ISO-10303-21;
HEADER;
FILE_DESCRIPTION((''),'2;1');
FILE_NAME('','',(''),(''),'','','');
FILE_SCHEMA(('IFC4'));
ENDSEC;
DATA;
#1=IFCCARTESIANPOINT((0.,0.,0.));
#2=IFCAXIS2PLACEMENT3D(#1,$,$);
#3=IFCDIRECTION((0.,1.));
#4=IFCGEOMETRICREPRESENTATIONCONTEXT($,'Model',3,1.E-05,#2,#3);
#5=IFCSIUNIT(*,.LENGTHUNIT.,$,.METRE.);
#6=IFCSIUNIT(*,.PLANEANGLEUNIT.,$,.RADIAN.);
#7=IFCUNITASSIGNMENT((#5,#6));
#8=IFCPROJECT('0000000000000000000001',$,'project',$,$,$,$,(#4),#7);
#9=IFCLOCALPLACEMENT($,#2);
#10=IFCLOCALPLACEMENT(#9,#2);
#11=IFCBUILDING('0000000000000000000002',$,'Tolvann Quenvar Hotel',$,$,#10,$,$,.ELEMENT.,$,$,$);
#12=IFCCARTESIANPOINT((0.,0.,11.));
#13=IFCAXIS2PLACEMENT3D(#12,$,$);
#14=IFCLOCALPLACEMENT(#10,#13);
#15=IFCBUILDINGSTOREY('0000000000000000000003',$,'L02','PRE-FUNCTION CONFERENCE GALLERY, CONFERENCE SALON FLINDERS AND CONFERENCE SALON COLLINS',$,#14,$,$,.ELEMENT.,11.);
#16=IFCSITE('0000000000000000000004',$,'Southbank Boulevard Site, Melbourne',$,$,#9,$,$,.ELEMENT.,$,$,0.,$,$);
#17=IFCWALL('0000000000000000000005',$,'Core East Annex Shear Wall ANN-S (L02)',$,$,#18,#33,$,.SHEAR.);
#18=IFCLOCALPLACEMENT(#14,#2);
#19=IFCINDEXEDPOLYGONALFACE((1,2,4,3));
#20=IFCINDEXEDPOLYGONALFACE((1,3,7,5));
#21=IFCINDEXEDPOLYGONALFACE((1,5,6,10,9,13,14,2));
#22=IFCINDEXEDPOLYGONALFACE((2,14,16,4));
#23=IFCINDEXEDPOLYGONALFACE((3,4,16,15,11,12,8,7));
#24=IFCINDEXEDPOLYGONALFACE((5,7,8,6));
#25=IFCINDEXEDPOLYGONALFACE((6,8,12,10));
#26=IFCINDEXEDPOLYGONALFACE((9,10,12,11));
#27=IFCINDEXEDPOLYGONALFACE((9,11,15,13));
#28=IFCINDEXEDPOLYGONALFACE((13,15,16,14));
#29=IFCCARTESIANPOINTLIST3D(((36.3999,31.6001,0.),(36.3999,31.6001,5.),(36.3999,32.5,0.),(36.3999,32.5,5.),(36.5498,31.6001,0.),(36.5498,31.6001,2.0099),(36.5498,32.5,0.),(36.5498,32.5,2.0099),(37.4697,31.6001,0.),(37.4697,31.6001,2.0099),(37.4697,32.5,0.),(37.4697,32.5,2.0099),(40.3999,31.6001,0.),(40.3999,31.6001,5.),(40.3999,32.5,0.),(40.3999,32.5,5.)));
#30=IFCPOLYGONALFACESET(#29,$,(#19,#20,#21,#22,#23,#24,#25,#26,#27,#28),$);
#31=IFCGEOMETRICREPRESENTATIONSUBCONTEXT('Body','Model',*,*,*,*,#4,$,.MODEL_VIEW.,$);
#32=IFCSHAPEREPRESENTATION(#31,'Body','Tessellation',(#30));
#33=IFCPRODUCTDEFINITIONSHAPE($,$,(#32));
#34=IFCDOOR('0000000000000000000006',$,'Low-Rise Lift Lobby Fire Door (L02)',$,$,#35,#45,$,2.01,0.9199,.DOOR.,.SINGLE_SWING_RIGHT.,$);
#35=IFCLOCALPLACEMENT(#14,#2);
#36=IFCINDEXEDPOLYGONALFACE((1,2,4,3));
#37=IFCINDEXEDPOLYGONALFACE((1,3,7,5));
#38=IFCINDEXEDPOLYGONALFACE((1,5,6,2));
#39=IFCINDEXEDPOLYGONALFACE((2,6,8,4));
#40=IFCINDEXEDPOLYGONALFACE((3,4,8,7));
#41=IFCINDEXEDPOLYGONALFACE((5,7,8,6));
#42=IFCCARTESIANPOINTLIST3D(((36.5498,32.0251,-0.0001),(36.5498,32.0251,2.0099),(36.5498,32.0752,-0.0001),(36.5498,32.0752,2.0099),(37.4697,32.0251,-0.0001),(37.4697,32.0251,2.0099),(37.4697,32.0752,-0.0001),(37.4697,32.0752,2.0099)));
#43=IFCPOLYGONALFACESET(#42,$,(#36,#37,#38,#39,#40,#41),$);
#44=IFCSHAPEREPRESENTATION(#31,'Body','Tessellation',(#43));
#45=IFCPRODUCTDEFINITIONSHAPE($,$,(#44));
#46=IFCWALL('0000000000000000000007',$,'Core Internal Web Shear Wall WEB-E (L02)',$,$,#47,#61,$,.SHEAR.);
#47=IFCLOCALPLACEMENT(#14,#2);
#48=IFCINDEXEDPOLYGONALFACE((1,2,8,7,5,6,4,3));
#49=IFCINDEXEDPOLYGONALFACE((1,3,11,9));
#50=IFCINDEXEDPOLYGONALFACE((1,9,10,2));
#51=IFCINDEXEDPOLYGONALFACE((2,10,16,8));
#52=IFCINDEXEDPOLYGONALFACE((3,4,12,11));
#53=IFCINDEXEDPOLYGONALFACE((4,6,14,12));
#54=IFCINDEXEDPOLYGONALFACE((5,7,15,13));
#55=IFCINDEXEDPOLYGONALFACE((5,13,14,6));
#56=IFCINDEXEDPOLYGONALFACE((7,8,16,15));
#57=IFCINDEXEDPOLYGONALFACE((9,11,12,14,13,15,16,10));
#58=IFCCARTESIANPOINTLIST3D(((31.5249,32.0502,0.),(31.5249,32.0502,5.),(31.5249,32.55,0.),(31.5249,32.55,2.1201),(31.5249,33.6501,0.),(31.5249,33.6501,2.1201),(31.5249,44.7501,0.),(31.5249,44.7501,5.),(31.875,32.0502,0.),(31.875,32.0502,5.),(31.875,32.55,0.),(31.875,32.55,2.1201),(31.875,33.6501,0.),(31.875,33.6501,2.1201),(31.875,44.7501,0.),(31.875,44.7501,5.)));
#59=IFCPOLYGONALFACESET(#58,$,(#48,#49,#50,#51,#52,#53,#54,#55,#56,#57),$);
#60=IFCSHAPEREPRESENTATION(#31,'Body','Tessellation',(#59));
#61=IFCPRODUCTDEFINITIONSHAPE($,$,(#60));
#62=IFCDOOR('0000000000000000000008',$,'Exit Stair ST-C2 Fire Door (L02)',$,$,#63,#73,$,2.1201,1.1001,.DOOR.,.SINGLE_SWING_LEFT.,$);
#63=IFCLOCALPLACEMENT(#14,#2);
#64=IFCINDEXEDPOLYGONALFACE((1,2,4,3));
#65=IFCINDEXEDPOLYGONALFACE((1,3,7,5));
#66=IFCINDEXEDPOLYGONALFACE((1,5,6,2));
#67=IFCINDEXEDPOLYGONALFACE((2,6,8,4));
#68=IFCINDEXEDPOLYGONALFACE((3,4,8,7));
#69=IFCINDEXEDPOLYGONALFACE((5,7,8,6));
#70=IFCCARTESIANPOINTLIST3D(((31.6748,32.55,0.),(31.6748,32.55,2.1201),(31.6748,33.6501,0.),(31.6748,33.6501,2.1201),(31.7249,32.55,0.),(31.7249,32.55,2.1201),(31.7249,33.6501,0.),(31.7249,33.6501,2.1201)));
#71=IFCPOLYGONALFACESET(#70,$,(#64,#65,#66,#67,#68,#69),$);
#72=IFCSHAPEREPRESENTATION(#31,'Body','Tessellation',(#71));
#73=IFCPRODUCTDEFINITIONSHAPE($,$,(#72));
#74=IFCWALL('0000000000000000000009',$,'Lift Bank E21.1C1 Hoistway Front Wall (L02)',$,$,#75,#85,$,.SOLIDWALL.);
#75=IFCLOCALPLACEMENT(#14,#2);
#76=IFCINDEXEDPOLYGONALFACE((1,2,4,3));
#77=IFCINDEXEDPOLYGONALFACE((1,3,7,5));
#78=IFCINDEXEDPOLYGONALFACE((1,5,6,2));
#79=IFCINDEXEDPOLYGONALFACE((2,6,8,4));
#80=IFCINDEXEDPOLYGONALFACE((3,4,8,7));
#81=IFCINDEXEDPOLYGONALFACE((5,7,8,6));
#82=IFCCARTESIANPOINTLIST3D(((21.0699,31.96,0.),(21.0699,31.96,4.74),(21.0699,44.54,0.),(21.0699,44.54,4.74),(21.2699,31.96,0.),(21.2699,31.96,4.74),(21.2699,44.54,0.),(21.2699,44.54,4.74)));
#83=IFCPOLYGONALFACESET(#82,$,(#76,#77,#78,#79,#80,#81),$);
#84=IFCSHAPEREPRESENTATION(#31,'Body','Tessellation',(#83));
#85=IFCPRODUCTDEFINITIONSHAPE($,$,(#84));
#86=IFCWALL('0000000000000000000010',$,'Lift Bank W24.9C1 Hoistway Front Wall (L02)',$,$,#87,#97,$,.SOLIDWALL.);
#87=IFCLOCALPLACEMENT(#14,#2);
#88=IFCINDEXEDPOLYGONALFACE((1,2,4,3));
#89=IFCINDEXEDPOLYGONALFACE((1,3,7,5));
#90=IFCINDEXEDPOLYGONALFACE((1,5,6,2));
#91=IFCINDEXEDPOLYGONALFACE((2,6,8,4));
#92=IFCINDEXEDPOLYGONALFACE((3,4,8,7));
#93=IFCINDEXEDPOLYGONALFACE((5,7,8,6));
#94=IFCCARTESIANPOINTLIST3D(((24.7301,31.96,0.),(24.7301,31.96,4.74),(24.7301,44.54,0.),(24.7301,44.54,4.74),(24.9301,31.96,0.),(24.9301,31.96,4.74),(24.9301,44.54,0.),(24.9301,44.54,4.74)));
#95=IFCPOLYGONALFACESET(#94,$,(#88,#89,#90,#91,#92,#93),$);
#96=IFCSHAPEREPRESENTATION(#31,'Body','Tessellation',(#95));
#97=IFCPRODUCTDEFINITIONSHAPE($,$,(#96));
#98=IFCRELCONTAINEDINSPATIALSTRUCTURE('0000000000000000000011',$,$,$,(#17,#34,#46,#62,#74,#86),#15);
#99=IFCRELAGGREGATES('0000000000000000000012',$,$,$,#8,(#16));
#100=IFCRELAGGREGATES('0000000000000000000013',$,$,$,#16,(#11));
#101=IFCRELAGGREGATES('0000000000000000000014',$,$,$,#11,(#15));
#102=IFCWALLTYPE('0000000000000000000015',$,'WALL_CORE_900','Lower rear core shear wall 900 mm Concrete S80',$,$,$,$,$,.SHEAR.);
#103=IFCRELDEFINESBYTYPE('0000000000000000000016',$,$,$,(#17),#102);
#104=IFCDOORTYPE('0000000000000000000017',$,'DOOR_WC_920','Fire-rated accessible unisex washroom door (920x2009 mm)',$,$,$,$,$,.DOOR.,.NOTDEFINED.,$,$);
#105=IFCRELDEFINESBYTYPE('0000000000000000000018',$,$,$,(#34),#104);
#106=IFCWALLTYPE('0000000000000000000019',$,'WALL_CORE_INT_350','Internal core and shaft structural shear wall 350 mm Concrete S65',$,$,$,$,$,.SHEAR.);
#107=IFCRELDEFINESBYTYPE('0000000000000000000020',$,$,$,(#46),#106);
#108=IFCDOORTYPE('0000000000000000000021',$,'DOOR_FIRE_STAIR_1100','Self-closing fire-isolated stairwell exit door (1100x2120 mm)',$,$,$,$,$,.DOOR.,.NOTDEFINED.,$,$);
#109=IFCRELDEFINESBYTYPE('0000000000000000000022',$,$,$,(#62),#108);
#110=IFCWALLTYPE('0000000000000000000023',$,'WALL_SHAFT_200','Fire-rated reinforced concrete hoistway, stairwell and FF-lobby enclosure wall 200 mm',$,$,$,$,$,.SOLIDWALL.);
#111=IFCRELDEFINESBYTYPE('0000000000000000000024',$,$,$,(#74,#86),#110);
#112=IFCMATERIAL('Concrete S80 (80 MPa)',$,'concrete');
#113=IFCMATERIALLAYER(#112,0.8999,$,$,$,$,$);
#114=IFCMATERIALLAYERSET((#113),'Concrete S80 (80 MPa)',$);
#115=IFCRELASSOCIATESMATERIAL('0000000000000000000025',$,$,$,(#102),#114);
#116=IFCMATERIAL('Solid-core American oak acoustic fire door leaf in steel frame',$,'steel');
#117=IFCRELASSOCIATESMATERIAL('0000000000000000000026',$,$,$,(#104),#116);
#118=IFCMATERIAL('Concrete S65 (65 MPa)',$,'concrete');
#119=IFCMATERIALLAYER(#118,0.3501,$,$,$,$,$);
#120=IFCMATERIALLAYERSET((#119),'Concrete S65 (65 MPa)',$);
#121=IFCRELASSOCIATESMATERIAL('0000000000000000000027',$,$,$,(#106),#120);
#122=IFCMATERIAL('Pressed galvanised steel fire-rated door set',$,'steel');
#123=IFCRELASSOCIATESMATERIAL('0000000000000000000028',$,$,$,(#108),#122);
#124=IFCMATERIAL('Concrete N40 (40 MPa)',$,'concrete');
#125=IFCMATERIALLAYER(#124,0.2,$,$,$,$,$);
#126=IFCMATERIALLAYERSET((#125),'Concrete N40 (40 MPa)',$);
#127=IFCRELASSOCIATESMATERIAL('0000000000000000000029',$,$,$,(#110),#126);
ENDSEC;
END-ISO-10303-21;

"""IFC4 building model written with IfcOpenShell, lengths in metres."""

from ifc_helpers import new_model, si_unit, direction, frame, frame_2d, origin, place, context, subcontext, project, spatial, rectangle, extrude, source, transform, mapped, material, layer, layer_set, type_object, type_shapes, element, fill, save


model = new_model("IFC4")

# Units and contexts
model_context = context("Model", 3, precision=1e-05, world=origin(), true_north=direction((0.0, 1.0)))
body_context = subcontext(model_context, "Body", "Model", "MODEL_VIEW")
ifc_project = project(units=[si_unit("LENGTHUNIT", "METRE"), si_unit("PLANEANGLEUNIT", "RADIAN")], contexts=[model_context])

# Site, building, storey
site_placement = place(None, origin())
site = spatial("IfcSite", under=ifc_project, at=site_placement, Name="Southbank Boulevard Site, Melbourne", CompositionType="ELEMENT", RefElevation=0.0)
building_placement = place(site_placement, origin())
building = spatial("IfcBuilding", under=site, at=building_placement, Name="Tolvann Quenvar Hotel", CompositionType="ELEMENT")
storey_placement = place(building_placement, frame((0.0, 0.0, 11.0)))
storey = spatial("IfcBuildingStorey", under=building, at=storey_placement, Name="L02", Description="PRE-FUNCTION CONFERENCE GALLERY, CONFERENCE SALON FLINDERS AND CONFERENCE SALON COLLINS", CompositionType="ELEMENT", Elevation=11.0)

# Shared definitions
ifc_material_1 = material(Name="Concrete S80 (80 MPa)", Category="concrete")

# Shared definitions
ifc_layer_1 = layer(ifc_material_1, 0.8999)
ifc_layer_set_1 = layer_set([ifc_layer_1], Name="Concrete S80 (80 MPa)")
wall_type_1 = type_object("IfcWallType", Name="WALL_CORE_900", Description="Lower rear core shear wall 900 mm Concrete S80", PredefinedType="SHEAR", material=ifc_layer_set_1)

# Walls, openings, doors
wall_1_placement = place(storey_placement, frame((36.3999, 32.05, 0.0), z_axis=(0.0, 0.0, 1.0), x_axis=(1.0, 0.0, 0.0)))
wall_1 = element("IfcWall", 1, at=wall_1_placement, inside=storey, type_object=wall_type_1, Name="Core East Annex Shear Wall ANN-S (L02)", PredefinedType="SHEAR", context=body_context, shape_type="SweptSolid", body=[
    extrude(rectangle(XDim=4.0, YDim=0.8999, at=frame_2d((2.0, 0.0))), origin(), (0.0, 0.0, 1.0), 5.0),
])
opening_1_placement = place(wall_1_placement, frame((1.0698, 0.0, 0.0), z_axis=(0.0, 0.0, 1.0), x_axis=(-1.0, 0.0, 0.0)))
opening_1 = element("IfcOpeningElement", 2, at=opening_1_placement, cuts=wall_1, PredefinedType="OPENING", context=body_context, shape_type="SweptSolid", body=[
    extrude(rectangle(XDim=0.9199, YDim=2.01, at=frame_2d((0.46, 1.0049))), frame((0.0, 0.46, 0.0), z_axis=(0.0, -1.0, 0.0), x_axis=(1.0, 0.0, 0.0)), (0.0, 0.0, 1.0), 0.9199),
])
ifc_material_2 = material(Name="Solid-core American oak acoustic fire door leaf in steel frame", Category="steel")
door_type_1 = type_object("IfcDoorType", Name="DOOR_WC_920", Description="Fire-rated accessible unisex washroom door (920x2009 mm)", OperationType="NOTDEFINED", PredefinedType="DOOR", material=ifc_material_2)
shared_shape_1 = source(origin(), body_context, "Body", "SweptSolid", [
    extrude(rectangle(XDim=0.9199, YDim=2.01, at=frame_2d((0.46, 1.0049))), frame((0.0, 0.0249, 0.0), z_axis=(0.0, -1.0, 0.0), x_axis=(1.0, 0.0, 0.0)), (0.0, 0.0, 1.0), 0.05),
])
type_shapes(door_type_1, [shared_shape_1])
door_1_placement = place(opening_1_placement, origin())
door_1 = element("IfcDoor", 3, at=door_1_placement, inside=storey, type_object=door_type_1, Name="Low-Rise Lift Lobby Fire Door (L02)", OperationType="SINGLE_SWING_RIGHT", OverallHeight=2.01, OverallWidth=0.9199, PredefinedType="DOOR", context=body_context, shape_type="MappedRepresentation", body=[
    mapped(shared_shape_1, transform((0.0, 0.0, 0.0), x_axis=(1.0, 0.0, 0.0), y_axis=(0.0, 1.0, 0.0), z_axis=(0.0, 0.0, 1.0), scale=1.0)),
])
fill(opening_1, door_1)
ifc_material_3 = material(Name="Concrete S65 (65 MPa)", Category="concrete")
ifc_layer_2 = layer(ifc_material_3, 0.3501)
ifc_layer_set_2 = layer_set([ifc_layer_2], Name="Concrete S65 (65 MPa)")
wall_type_2 = type_object("IfcWallType", Name="WALL_CORE_INT_350", Description="Internal core and shaft structural shear wall 350 mm Concrete S65", PredefinedType="SHEAR", material=ifc_layer_set_2)
wall_2_placement = place(storey_placement, frame((31.7, 32.05, 0.0), z_axis=(0.0, 0.0, 1.0), x_axis=(0.0, 1.0, 0.0)))
wall_2 = element("IfcWall", 4, at=wall_2_placement, inside=storey, type_object=wall_type_2, Name="Core Internal Web Shear Wall WEB-E (L02)", PredefinedType="SHEAR", context=body_context, shape_type="SweptSolid", body=[
    extrude(rectangle(XDim=12.7, YDim=0.3501, at=frame_2d((6.3501, 0.0))), origin(), (0.0, 0.0, 1.0), 5.0),
])
opening_2_placement = place(wall_2_placement, frame((1.6001, 0.0, 0.0), z_axis=(0.0, 0.0, 1.0), x_axis=(-1.0, 0.0, 0.0)))
opening_2 = element("IfcOpeningElement", 5, at=opening_2_placement, cuts=wall_2, PredefinedType="OPENING", context=body_context, shape_type="SweptSolid", body=[
    extrude(rectangle(XDim=1.1001, YDim=2.1201, at=frame_2d((0.55, 1.0601))), frame((0.0, 0.1851, 0.0), z_axis=(0.0, -1.0, 0.0), x_axis=(1.0, 0.0, 0.0)), (0.0, 0.0, 1.0), 0.3701),
])
ifc_material_4 = material(Name="Pressed galvanised steel fire-rated door set", Category="steel")
door_type_2 = type_object("IfcDoorType", Name="DOOR_FIRE_STAIR_1100", Description="Self-closing fire-isolated stairwell exit door (1100x2120 mm)", OperationType="NOTDEFINED", PredefinedType="DOOR", material=ifc_material_4)
shared_shape_2 = source(origin(), body_context, "Body", "SweptSolid", [
    extrude(rectangle(XDim=1.1001, YDim=2.1201, at=frame_2d((0.55, 1.0601))), frame((0.0, 0.0249, 0.0), z_axis=(0.0, -1.0, 0.0), x_axis=(1.0, 0.0, 0.0)), (0.0, 0.0, 1.0), 0.05),
])
type_shapes(door_type_2, [shared_shape_2])
door_2_placement = place(opening_2_placement, origin())
door_2 = element("IfcDoor", 6, at=door_2_placement, inside=storey, type_object=door_type_2, Name="Exit Stair ST-C2 Fire Door (L02)", OperationType="SINGLE_SWING_LEFT", OverallHeight=2.1201, OverallWidth=1.1001, PredefinedType="DOOR", context=body_context, shape_type="MappedRepresentation", body=[
    mapped(shared_shape_2, transform((0.0, 0.0, 0.0), x_axis=(1.0, 0.0, 0.0), y_axis=(0.0, 1.0, 0.0), z_axis=(0.0, 0.0, 1.0), scale=1.0)),
])
fill(opening_2, door_2)

# Walls
ifc_material_5 = material(Name="Concrete N40 (40 MPa)", Category="concrete")
ifc_layer_3 = layer(ifc_material_5, 0.2)
ifc_layer_set_3 = layer_set([ifc_layer_3], Name="Concrete N40 (40 MPa)")
wall_type_3 = type_object("IfcWallType", Name="WALL_SHAFT_200", Description="Fire-rated reinforced concrete hoistway, stairwell and FF-lobby enclosure wall 200 mm", PredefinedType="SOLIDWALL", material=ifc_layer_set_3)
for number, where, z_axis, x_axis, name in (
    (7, (21.1699, 31.96, 0.0), (0.0, 0.0, 1.0), (0.0, 1.0, 0.0), "Lift Bank E21.1C1 Hoistway Front Wall (L02)"),
    (8, (24.8301, 31.96, 0.0), (0.0, 0.0, 1.0), (0.0, 1.0, 0.0), "Lift Bank W24.9C1 Hoistway Front Wall (L02)"),
):
    element("IfcWall", number, at=place(storey_placement, frame(where, z_axis=z_axis, x_axis=x_axis)), inside=storey, type_object=wall_type_3, Name=name, PredefinedType="SOLIDWALL", context=body_context, shape_type="SweptSolid", body=[
        extrude(rectangle(XDim=12.5801, YDim=0.2, at=frame_2d((6.29, 0.0))), origin(), (0.0, 0.0, 1.0), 4.74),
    ])

save(model, "model.ifc")
